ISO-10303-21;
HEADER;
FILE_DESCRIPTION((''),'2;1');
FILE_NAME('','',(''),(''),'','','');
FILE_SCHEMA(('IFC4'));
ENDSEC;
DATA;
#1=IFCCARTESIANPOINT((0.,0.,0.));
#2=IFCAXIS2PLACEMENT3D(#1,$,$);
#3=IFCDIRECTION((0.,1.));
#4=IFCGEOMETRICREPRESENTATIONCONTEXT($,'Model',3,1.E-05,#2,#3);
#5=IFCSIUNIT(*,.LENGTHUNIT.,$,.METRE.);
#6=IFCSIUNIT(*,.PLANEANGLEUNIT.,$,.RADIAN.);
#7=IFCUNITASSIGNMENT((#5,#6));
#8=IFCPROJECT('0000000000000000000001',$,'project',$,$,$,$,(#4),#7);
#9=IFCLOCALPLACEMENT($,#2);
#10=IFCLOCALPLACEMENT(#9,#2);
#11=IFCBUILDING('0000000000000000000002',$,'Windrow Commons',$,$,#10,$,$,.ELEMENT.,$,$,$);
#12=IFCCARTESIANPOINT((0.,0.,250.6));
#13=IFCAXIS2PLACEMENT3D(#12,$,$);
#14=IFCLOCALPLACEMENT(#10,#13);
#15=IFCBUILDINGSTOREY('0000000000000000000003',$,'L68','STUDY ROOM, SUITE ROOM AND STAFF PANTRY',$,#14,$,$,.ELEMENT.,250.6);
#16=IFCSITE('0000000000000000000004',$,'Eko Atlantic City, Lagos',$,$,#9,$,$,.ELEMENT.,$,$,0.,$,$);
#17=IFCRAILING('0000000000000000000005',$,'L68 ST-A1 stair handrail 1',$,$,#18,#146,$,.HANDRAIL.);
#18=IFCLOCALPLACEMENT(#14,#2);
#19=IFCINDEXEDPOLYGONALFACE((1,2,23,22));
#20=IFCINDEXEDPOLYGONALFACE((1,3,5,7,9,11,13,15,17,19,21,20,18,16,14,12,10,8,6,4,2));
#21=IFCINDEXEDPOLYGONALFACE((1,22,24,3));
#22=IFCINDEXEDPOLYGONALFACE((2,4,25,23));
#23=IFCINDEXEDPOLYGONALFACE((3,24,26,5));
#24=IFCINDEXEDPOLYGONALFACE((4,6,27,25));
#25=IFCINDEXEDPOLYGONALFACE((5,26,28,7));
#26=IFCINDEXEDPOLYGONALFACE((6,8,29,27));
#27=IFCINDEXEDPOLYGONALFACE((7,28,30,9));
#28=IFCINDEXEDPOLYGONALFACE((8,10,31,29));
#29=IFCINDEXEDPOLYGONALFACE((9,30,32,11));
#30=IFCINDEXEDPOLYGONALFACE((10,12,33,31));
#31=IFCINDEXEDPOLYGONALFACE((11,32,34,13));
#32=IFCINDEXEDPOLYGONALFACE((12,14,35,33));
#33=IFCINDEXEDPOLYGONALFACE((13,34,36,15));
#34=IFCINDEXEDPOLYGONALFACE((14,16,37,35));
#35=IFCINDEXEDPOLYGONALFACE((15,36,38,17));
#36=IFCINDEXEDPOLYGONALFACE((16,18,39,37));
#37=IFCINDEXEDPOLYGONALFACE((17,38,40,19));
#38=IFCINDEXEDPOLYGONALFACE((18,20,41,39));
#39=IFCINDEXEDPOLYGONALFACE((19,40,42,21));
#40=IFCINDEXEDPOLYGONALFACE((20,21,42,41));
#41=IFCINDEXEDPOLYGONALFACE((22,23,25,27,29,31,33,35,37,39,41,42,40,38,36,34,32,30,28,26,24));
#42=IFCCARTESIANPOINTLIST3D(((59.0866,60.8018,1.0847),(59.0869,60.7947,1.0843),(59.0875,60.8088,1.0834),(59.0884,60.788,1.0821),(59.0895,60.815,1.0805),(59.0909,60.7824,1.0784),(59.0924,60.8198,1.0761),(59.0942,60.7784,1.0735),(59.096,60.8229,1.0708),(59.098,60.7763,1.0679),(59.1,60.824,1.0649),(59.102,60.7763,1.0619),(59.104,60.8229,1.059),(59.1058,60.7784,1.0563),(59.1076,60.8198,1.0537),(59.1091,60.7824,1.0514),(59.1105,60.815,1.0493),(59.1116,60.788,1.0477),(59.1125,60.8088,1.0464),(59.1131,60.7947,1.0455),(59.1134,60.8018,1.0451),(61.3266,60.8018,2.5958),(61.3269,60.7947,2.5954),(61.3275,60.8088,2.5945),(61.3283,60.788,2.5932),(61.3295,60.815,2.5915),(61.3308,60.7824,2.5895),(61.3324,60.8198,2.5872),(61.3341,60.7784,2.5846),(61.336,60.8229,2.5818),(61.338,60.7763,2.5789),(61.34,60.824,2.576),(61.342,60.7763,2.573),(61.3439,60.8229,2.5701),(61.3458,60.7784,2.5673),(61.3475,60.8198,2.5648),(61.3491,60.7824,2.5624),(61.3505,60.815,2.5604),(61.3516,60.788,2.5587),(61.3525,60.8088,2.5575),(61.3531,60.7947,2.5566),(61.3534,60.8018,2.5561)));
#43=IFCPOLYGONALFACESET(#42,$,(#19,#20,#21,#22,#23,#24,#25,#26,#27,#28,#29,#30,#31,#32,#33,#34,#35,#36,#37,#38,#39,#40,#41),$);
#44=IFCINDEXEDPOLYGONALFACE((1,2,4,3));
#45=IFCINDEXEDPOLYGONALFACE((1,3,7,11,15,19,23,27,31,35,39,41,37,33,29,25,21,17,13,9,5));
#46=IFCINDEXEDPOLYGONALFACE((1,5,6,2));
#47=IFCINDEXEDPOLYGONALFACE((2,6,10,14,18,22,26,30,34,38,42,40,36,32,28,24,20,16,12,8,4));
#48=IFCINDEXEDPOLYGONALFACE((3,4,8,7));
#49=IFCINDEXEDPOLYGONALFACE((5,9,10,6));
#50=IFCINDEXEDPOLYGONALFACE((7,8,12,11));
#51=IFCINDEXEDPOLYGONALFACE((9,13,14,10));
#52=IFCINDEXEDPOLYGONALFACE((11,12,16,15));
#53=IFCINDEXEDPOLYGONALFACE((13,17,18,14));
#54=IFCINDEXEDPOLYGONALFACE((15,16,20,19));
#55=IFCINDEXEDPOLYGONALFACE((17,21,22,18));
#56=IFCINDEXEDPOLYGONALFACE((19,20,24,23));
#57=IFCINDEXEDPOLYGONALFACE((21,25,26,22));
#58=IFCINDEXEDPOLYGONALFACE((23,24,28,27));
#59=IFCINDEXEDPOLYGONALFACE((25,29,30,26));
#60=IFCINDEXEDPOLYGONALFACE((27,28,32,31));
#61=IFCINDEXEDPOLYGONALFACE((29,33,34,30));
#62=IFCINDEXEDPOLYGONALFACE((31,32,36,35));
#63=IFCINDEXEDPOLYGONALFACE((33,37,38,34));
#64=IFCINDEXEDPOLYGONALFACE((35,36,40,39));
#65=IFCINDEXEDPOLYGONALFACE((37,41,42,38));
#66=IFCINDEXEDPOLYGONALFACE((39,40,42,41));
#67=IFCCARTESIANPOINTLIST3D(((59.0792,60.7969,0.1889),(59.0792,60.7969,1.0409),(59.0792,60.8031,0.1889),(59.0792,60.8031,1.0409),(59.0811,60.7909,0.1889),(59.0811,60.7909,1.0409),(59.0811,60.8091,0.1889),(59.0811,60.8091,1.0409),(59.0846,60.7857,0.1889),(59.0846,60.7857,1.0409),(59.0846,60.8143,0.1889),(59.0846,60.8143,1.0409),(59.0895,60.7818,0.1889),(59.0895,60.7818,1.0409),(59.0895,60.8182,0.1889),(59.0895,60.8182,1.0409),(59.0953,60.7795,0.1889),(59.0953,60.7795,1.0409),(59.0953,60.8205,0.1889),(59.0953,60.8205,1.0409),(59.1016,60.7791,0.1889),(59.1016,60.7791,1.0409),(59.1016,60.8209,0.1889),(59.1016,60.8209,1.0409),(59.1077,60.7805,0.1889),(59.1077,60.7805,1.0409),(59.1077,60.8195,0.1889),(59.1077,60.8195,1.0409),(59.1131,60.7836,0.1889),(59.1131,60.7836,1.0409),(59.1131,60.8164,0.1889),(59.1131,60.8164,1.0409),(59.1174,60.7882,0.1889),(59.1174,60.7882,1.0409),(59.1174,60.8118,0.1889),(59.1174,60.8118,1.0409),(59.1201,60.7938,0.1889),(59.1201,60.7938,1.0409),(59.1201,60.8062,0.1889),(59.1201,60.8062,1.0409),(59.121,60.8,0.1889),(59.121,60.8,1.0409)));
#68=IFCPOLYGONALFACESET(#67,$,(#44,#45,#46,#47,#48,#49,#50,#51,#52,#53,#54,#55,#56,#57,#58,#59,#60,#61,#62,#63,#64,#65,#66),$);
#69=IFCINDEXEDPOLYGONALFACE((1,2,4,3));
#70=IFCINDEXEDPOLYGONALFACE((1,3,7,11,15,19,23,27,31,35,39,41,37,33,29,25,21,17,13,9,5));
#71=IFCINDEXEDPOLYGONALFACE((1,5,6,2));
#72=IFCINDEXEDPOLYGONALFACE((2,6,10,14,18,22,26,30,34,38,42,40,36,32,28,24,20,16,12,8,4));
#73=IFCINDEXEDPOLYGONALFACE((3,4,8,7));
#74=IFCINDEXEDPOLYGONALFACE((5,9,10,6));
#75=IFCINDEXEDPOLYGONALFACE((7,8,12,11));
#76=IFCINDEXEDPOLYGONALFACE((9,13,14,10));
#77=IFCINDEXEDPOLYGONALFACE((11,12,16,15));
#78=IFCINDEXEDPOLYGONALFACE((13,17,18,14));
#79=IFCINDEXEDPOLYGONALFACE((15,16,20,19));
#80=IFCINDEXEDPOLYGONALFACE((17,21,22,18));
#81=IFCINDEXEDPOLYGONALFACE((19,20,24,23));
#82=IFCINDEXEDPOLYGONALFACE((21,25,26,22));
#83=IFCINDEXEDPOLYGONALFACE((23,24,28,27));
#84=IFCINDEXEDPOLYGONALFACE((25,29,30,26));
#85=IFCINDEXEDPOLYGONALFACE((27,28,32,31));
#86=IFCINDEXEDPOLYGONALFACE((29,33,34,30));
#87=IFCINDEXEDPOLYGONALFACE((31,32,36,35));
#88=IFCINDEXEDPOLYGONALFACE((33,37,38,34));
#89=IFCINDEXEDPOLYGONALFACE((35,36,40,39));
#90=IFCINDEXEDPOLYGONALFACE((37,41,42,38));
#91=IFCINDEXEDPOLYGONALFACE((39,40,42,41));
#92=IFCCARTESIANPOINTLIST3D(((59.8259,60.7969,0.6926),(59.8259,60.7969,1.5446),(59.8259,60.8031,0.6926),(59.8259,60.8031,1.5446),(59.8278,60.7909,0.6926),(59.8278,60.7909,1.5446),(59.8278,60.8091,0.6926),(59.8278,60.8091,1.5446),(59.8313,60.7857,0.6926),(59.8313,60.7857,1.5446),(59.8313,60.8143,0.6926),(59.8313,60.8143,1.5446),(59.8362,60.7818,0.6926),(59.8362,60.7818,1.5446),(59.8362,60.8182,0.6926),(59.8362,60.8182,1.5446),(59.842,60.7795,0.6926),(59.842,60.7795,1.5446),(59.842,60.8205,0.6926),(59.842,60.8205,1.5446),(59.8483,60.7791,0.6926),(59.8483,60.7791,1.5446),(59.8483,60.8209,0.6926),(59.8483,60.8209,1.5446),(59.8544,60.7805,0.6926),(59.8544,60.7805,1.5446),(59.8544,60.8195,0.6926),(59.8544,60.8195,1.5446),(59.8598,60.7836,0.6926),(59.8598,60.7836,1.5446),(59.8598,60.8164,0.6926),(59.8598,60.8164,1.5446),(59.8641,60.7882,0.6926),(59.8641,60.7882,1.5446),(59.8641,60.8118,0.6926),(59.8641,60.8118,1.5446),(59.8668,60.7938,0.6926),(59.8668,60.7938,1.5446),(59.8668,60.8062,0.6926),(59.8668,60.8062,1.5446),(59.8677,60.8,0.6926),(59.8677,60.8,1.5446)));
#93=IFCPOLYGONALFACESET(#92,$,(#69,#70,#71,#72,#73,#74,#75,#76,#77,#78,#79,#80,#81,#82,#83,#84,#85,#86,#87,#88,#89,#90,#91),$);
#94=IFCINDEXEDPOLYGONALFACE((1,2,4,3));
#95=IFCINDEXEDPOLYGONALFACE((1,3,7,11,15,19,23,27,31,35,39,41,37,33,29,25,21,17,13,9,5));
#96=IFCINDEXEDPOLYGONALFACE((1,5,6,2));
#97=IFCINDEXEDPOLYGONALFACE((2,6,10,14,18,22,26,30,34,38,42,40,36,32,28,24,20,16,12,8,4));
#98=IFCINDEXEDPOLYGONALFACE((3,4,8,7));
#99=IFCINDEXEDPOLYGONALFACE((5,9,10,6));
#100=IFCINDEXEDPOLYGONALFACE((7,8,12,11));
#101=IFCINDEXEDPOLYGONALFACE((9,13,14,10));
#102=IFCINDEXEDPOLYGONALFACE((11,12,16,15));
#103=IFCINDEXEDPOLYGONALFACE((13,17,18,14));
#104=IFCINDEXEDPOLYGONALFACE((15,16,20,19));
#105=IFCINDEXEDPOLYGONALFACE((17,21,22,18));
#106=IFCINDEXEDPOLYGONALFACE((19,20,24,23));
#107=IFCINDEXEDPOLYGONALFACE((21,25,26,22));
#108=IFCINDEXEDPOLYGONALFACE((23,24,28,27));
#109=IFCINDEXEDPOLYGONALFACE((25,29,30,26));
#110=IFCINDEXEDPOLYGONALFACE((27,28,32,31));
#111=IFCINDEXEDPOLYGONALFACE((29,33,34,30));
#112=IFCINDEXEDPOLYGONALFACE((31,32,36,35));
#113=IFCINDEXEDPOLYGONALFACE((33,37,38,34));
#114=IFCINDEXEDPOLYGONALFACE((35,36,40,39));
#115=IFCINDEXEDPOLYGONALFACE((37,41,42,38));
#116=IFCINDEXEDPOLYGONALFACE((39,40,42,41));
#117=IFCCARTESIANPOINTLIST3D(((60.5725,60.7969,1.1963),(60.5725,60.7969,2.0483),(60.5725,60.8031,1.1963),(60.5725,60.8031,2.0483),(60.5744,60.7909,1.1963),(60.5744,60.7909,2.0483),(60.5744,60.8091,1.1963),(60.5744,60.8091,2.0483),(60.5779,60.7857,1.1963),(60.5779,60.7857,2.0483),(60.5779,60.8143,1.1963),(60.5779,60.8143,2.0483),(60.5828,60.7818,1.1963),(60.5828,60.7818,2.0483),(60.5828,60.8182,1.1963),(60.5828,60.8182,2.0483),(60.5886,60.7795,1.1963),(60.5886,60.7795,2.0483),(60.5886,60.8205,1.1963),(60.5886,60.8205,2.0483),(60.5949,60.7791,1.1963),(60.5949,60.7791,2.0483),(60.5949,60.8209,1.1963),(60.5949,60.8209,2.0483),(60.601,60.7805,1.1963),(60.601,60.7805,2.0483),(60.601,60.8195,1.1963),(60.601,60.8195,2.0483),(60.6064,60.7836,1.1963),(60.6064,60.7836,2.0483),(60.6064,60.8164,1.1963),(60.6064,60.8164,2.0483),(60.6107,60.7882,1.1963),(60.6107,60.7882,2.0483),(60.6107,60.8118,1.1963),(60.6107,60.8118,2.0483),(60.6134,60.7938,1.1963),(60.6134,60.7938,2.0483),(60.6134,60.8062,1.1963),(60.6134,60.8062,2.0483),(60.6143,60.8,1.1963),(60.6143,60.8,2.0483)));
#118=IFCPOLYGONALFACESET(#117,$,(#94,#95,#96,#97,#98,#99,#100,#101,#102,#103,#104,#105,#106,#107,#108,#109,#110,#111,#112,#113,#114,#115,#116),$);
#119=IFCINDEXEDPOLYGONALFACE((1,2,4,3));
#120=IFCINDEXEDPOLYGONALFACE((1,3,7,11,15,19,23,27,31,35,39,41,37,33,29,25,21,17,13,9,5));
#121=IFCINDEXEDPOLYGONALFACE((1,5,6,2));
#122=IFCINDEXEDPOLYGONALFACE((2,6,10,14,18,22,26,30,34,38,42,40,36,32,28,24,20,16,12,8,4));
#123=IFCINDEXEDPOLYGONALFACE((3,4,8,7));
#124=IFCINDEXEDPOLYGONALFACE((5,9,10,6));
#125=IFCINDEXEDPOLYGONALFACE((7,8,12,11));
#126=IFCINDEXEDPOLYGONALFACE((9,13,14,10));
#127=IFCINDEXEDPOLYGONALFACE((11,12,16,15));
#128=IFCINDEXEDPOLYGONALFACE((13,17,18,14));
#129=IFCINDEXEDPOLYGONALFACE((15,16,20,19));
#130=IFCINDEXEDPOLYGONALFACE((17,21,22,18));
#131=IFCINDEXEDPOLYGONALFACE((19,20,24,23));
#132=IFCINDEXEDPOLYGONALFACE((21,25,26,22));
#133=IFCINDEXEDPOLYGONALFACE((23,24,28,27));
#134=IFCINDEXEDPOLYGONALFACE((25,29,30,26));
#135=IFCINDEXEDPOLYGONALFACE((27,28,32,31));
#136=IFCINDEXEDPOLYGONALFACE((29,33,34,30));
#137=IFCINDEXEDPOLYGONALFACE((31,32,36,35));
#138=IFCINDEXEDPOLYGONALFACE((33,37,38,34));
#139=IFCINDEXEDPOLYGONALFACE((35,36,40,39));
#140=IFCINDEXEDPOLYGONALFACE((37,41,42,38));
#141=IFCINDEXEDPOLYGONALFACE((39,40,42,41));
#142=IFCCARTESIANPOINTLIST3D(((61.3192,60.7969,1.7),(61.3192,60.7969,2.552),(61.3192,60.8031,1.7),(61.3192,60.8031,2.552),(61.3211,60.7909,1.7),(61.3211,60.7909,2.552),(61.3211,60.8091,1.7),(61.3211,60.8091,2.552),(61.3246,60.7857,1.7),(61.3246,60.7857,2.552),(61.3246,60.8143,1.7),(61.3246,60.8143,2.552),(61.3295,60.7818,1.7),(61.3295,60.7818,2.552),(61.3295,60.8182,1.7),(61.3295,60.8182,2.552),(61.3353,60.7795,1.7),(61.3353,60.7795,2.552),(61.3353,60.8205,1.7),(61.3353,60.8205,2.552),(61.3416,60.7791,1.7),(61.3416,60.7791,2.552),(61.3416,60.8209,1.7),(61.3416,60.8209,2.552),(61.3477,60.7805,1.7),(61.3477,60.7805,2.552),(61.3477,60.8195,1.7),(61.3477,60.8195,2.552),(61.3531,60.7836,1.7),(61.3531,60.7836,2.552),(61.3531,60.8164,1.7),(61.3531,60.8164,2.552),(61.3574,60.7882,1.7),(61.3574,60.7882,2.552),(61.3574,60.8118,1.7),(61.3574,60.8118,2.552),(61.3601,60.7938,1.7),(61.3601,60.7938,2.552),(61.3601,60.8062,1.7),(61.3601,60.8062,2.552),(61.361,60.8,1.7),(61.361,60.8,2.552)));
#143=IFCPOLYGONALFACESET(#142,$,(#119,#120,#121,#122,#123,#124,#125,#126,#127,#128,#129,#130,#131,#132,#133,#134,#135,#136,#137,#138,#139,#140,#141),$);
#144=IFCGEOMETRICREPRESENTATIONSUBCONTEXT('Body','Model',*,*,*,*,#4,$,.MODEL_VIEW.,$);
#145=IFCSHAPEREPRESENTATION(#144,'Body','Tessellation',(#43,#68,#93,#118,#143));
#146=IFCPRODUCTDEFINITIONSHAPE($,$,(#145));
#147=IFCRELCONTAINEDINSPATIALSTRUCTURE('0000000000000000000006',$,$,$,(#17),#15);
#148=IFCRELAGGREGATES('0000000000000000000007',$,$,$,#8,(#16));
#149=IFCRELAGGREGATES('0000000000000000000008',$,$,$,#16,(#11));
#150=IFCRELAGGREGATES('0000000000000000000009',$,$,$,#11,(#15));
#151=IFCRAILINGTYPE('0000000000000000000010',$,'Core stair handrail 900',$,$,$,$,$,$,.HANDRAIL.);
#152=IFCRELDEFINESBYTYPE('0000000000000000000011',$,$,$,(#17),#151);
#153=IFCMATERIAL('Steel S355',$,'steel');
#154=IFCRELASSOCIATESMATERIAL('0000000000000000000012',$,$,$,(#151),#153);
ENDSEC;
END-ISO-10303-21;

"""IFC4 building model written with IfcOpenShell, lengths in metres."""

from ifc_helpers import new_model, si_unit, direction, frame, origin, origin_2d, place, context, subcontext, project, spatial, circle, extrude, material, type_object, element, save


model = new_model("IFC4")

# Units and contexts
model_context = context("Model", 3, precision=1e-05, world=origin(), true_north=direction((0.0, 1.0)))
body_context = subcontext(model_context, "Body", "Model", "MODEL_VIEW")
ifc_project = project(units=[si_unit("LENGTHUNIT", "METRE"), si_unit("PLANEANGLEUNIT", "RADIAN")], contexts=[model_context])

# Site, building, storey
site_placement = place(None, origin())
site = spatial("IfcSite", under=ifc_project, at=site_placement, Name="Eko Atlantic City, Lagos", CompositionType="ELEMENT", RefElevation=0.0)
building_placement = place(site_placement, origin())
building = spatial("IfcBuilding", under=site, at=building_placement, Name="Windrow Commons", CompositionType="ELEMENT")
storey_placement = place(building_placement, frame((0.0, 0.0, 250.6)))
storey = spatial("IfcBuildingStorey", under=building, at=storey_placement, Name="L68", Description="STUDY ROOM, SUITE ROOM AND STAFF PANTRY", CompositionType="ELEMENT", Elevation=250.6)

# Railing
ifc_material_1 = material(Name="Steel S355", Category="steel")
railing_type_1 = type_object("IfcRailingType", Name="Core stair handrail 900", PredefinedType="HANDRAIL", material=ifc_material_1)
for number, where, name in (
    (1, (59.1, 60.8, 0.1889), "L68 ST-A1 stair handrail 1"),
):
    element("IfcRailing", number, at=place(storey_placement, frame(where)), inside=storey, type_object=railing_type_1, Name=name, PredefinedType="HANDRAIL", context=body_context, shape_type="SweptSolid", body=[
        extrude(circle(Radius=0.024, at=origin_2d()), frame((0.0, 0.0, 0.876), z_axis=(0.829003, 0.0, 0.559244), x_axis=(0.0, 1.0, 0.0)), (0.0, 0.0, 1.0), 2.702),
        extrude(circle(Radius=0.021, at=origin_2d()), origin(), (0.0, 0.0, 1.0), 0.852),
        extrude(circle(Radius=0.021, at=origin_2d()), frame((0.7467, 0.0, 0.5037)), (0.0, 0.0, 1.0), 0.852),
        extrude(circle(Radius=0.021, at=origin_2d()), frame((1.4933, 0.0, 1.0074)), (0.0, 0.0, 1.0), 0.852),
        extrude(circle(Radius=0.021, at=origin_2d()), frame((2.24, 0.0, 1.5111)), (0.0, 0.0, 1.0), 0.852),
    ])

save(model, "model.ifc")
